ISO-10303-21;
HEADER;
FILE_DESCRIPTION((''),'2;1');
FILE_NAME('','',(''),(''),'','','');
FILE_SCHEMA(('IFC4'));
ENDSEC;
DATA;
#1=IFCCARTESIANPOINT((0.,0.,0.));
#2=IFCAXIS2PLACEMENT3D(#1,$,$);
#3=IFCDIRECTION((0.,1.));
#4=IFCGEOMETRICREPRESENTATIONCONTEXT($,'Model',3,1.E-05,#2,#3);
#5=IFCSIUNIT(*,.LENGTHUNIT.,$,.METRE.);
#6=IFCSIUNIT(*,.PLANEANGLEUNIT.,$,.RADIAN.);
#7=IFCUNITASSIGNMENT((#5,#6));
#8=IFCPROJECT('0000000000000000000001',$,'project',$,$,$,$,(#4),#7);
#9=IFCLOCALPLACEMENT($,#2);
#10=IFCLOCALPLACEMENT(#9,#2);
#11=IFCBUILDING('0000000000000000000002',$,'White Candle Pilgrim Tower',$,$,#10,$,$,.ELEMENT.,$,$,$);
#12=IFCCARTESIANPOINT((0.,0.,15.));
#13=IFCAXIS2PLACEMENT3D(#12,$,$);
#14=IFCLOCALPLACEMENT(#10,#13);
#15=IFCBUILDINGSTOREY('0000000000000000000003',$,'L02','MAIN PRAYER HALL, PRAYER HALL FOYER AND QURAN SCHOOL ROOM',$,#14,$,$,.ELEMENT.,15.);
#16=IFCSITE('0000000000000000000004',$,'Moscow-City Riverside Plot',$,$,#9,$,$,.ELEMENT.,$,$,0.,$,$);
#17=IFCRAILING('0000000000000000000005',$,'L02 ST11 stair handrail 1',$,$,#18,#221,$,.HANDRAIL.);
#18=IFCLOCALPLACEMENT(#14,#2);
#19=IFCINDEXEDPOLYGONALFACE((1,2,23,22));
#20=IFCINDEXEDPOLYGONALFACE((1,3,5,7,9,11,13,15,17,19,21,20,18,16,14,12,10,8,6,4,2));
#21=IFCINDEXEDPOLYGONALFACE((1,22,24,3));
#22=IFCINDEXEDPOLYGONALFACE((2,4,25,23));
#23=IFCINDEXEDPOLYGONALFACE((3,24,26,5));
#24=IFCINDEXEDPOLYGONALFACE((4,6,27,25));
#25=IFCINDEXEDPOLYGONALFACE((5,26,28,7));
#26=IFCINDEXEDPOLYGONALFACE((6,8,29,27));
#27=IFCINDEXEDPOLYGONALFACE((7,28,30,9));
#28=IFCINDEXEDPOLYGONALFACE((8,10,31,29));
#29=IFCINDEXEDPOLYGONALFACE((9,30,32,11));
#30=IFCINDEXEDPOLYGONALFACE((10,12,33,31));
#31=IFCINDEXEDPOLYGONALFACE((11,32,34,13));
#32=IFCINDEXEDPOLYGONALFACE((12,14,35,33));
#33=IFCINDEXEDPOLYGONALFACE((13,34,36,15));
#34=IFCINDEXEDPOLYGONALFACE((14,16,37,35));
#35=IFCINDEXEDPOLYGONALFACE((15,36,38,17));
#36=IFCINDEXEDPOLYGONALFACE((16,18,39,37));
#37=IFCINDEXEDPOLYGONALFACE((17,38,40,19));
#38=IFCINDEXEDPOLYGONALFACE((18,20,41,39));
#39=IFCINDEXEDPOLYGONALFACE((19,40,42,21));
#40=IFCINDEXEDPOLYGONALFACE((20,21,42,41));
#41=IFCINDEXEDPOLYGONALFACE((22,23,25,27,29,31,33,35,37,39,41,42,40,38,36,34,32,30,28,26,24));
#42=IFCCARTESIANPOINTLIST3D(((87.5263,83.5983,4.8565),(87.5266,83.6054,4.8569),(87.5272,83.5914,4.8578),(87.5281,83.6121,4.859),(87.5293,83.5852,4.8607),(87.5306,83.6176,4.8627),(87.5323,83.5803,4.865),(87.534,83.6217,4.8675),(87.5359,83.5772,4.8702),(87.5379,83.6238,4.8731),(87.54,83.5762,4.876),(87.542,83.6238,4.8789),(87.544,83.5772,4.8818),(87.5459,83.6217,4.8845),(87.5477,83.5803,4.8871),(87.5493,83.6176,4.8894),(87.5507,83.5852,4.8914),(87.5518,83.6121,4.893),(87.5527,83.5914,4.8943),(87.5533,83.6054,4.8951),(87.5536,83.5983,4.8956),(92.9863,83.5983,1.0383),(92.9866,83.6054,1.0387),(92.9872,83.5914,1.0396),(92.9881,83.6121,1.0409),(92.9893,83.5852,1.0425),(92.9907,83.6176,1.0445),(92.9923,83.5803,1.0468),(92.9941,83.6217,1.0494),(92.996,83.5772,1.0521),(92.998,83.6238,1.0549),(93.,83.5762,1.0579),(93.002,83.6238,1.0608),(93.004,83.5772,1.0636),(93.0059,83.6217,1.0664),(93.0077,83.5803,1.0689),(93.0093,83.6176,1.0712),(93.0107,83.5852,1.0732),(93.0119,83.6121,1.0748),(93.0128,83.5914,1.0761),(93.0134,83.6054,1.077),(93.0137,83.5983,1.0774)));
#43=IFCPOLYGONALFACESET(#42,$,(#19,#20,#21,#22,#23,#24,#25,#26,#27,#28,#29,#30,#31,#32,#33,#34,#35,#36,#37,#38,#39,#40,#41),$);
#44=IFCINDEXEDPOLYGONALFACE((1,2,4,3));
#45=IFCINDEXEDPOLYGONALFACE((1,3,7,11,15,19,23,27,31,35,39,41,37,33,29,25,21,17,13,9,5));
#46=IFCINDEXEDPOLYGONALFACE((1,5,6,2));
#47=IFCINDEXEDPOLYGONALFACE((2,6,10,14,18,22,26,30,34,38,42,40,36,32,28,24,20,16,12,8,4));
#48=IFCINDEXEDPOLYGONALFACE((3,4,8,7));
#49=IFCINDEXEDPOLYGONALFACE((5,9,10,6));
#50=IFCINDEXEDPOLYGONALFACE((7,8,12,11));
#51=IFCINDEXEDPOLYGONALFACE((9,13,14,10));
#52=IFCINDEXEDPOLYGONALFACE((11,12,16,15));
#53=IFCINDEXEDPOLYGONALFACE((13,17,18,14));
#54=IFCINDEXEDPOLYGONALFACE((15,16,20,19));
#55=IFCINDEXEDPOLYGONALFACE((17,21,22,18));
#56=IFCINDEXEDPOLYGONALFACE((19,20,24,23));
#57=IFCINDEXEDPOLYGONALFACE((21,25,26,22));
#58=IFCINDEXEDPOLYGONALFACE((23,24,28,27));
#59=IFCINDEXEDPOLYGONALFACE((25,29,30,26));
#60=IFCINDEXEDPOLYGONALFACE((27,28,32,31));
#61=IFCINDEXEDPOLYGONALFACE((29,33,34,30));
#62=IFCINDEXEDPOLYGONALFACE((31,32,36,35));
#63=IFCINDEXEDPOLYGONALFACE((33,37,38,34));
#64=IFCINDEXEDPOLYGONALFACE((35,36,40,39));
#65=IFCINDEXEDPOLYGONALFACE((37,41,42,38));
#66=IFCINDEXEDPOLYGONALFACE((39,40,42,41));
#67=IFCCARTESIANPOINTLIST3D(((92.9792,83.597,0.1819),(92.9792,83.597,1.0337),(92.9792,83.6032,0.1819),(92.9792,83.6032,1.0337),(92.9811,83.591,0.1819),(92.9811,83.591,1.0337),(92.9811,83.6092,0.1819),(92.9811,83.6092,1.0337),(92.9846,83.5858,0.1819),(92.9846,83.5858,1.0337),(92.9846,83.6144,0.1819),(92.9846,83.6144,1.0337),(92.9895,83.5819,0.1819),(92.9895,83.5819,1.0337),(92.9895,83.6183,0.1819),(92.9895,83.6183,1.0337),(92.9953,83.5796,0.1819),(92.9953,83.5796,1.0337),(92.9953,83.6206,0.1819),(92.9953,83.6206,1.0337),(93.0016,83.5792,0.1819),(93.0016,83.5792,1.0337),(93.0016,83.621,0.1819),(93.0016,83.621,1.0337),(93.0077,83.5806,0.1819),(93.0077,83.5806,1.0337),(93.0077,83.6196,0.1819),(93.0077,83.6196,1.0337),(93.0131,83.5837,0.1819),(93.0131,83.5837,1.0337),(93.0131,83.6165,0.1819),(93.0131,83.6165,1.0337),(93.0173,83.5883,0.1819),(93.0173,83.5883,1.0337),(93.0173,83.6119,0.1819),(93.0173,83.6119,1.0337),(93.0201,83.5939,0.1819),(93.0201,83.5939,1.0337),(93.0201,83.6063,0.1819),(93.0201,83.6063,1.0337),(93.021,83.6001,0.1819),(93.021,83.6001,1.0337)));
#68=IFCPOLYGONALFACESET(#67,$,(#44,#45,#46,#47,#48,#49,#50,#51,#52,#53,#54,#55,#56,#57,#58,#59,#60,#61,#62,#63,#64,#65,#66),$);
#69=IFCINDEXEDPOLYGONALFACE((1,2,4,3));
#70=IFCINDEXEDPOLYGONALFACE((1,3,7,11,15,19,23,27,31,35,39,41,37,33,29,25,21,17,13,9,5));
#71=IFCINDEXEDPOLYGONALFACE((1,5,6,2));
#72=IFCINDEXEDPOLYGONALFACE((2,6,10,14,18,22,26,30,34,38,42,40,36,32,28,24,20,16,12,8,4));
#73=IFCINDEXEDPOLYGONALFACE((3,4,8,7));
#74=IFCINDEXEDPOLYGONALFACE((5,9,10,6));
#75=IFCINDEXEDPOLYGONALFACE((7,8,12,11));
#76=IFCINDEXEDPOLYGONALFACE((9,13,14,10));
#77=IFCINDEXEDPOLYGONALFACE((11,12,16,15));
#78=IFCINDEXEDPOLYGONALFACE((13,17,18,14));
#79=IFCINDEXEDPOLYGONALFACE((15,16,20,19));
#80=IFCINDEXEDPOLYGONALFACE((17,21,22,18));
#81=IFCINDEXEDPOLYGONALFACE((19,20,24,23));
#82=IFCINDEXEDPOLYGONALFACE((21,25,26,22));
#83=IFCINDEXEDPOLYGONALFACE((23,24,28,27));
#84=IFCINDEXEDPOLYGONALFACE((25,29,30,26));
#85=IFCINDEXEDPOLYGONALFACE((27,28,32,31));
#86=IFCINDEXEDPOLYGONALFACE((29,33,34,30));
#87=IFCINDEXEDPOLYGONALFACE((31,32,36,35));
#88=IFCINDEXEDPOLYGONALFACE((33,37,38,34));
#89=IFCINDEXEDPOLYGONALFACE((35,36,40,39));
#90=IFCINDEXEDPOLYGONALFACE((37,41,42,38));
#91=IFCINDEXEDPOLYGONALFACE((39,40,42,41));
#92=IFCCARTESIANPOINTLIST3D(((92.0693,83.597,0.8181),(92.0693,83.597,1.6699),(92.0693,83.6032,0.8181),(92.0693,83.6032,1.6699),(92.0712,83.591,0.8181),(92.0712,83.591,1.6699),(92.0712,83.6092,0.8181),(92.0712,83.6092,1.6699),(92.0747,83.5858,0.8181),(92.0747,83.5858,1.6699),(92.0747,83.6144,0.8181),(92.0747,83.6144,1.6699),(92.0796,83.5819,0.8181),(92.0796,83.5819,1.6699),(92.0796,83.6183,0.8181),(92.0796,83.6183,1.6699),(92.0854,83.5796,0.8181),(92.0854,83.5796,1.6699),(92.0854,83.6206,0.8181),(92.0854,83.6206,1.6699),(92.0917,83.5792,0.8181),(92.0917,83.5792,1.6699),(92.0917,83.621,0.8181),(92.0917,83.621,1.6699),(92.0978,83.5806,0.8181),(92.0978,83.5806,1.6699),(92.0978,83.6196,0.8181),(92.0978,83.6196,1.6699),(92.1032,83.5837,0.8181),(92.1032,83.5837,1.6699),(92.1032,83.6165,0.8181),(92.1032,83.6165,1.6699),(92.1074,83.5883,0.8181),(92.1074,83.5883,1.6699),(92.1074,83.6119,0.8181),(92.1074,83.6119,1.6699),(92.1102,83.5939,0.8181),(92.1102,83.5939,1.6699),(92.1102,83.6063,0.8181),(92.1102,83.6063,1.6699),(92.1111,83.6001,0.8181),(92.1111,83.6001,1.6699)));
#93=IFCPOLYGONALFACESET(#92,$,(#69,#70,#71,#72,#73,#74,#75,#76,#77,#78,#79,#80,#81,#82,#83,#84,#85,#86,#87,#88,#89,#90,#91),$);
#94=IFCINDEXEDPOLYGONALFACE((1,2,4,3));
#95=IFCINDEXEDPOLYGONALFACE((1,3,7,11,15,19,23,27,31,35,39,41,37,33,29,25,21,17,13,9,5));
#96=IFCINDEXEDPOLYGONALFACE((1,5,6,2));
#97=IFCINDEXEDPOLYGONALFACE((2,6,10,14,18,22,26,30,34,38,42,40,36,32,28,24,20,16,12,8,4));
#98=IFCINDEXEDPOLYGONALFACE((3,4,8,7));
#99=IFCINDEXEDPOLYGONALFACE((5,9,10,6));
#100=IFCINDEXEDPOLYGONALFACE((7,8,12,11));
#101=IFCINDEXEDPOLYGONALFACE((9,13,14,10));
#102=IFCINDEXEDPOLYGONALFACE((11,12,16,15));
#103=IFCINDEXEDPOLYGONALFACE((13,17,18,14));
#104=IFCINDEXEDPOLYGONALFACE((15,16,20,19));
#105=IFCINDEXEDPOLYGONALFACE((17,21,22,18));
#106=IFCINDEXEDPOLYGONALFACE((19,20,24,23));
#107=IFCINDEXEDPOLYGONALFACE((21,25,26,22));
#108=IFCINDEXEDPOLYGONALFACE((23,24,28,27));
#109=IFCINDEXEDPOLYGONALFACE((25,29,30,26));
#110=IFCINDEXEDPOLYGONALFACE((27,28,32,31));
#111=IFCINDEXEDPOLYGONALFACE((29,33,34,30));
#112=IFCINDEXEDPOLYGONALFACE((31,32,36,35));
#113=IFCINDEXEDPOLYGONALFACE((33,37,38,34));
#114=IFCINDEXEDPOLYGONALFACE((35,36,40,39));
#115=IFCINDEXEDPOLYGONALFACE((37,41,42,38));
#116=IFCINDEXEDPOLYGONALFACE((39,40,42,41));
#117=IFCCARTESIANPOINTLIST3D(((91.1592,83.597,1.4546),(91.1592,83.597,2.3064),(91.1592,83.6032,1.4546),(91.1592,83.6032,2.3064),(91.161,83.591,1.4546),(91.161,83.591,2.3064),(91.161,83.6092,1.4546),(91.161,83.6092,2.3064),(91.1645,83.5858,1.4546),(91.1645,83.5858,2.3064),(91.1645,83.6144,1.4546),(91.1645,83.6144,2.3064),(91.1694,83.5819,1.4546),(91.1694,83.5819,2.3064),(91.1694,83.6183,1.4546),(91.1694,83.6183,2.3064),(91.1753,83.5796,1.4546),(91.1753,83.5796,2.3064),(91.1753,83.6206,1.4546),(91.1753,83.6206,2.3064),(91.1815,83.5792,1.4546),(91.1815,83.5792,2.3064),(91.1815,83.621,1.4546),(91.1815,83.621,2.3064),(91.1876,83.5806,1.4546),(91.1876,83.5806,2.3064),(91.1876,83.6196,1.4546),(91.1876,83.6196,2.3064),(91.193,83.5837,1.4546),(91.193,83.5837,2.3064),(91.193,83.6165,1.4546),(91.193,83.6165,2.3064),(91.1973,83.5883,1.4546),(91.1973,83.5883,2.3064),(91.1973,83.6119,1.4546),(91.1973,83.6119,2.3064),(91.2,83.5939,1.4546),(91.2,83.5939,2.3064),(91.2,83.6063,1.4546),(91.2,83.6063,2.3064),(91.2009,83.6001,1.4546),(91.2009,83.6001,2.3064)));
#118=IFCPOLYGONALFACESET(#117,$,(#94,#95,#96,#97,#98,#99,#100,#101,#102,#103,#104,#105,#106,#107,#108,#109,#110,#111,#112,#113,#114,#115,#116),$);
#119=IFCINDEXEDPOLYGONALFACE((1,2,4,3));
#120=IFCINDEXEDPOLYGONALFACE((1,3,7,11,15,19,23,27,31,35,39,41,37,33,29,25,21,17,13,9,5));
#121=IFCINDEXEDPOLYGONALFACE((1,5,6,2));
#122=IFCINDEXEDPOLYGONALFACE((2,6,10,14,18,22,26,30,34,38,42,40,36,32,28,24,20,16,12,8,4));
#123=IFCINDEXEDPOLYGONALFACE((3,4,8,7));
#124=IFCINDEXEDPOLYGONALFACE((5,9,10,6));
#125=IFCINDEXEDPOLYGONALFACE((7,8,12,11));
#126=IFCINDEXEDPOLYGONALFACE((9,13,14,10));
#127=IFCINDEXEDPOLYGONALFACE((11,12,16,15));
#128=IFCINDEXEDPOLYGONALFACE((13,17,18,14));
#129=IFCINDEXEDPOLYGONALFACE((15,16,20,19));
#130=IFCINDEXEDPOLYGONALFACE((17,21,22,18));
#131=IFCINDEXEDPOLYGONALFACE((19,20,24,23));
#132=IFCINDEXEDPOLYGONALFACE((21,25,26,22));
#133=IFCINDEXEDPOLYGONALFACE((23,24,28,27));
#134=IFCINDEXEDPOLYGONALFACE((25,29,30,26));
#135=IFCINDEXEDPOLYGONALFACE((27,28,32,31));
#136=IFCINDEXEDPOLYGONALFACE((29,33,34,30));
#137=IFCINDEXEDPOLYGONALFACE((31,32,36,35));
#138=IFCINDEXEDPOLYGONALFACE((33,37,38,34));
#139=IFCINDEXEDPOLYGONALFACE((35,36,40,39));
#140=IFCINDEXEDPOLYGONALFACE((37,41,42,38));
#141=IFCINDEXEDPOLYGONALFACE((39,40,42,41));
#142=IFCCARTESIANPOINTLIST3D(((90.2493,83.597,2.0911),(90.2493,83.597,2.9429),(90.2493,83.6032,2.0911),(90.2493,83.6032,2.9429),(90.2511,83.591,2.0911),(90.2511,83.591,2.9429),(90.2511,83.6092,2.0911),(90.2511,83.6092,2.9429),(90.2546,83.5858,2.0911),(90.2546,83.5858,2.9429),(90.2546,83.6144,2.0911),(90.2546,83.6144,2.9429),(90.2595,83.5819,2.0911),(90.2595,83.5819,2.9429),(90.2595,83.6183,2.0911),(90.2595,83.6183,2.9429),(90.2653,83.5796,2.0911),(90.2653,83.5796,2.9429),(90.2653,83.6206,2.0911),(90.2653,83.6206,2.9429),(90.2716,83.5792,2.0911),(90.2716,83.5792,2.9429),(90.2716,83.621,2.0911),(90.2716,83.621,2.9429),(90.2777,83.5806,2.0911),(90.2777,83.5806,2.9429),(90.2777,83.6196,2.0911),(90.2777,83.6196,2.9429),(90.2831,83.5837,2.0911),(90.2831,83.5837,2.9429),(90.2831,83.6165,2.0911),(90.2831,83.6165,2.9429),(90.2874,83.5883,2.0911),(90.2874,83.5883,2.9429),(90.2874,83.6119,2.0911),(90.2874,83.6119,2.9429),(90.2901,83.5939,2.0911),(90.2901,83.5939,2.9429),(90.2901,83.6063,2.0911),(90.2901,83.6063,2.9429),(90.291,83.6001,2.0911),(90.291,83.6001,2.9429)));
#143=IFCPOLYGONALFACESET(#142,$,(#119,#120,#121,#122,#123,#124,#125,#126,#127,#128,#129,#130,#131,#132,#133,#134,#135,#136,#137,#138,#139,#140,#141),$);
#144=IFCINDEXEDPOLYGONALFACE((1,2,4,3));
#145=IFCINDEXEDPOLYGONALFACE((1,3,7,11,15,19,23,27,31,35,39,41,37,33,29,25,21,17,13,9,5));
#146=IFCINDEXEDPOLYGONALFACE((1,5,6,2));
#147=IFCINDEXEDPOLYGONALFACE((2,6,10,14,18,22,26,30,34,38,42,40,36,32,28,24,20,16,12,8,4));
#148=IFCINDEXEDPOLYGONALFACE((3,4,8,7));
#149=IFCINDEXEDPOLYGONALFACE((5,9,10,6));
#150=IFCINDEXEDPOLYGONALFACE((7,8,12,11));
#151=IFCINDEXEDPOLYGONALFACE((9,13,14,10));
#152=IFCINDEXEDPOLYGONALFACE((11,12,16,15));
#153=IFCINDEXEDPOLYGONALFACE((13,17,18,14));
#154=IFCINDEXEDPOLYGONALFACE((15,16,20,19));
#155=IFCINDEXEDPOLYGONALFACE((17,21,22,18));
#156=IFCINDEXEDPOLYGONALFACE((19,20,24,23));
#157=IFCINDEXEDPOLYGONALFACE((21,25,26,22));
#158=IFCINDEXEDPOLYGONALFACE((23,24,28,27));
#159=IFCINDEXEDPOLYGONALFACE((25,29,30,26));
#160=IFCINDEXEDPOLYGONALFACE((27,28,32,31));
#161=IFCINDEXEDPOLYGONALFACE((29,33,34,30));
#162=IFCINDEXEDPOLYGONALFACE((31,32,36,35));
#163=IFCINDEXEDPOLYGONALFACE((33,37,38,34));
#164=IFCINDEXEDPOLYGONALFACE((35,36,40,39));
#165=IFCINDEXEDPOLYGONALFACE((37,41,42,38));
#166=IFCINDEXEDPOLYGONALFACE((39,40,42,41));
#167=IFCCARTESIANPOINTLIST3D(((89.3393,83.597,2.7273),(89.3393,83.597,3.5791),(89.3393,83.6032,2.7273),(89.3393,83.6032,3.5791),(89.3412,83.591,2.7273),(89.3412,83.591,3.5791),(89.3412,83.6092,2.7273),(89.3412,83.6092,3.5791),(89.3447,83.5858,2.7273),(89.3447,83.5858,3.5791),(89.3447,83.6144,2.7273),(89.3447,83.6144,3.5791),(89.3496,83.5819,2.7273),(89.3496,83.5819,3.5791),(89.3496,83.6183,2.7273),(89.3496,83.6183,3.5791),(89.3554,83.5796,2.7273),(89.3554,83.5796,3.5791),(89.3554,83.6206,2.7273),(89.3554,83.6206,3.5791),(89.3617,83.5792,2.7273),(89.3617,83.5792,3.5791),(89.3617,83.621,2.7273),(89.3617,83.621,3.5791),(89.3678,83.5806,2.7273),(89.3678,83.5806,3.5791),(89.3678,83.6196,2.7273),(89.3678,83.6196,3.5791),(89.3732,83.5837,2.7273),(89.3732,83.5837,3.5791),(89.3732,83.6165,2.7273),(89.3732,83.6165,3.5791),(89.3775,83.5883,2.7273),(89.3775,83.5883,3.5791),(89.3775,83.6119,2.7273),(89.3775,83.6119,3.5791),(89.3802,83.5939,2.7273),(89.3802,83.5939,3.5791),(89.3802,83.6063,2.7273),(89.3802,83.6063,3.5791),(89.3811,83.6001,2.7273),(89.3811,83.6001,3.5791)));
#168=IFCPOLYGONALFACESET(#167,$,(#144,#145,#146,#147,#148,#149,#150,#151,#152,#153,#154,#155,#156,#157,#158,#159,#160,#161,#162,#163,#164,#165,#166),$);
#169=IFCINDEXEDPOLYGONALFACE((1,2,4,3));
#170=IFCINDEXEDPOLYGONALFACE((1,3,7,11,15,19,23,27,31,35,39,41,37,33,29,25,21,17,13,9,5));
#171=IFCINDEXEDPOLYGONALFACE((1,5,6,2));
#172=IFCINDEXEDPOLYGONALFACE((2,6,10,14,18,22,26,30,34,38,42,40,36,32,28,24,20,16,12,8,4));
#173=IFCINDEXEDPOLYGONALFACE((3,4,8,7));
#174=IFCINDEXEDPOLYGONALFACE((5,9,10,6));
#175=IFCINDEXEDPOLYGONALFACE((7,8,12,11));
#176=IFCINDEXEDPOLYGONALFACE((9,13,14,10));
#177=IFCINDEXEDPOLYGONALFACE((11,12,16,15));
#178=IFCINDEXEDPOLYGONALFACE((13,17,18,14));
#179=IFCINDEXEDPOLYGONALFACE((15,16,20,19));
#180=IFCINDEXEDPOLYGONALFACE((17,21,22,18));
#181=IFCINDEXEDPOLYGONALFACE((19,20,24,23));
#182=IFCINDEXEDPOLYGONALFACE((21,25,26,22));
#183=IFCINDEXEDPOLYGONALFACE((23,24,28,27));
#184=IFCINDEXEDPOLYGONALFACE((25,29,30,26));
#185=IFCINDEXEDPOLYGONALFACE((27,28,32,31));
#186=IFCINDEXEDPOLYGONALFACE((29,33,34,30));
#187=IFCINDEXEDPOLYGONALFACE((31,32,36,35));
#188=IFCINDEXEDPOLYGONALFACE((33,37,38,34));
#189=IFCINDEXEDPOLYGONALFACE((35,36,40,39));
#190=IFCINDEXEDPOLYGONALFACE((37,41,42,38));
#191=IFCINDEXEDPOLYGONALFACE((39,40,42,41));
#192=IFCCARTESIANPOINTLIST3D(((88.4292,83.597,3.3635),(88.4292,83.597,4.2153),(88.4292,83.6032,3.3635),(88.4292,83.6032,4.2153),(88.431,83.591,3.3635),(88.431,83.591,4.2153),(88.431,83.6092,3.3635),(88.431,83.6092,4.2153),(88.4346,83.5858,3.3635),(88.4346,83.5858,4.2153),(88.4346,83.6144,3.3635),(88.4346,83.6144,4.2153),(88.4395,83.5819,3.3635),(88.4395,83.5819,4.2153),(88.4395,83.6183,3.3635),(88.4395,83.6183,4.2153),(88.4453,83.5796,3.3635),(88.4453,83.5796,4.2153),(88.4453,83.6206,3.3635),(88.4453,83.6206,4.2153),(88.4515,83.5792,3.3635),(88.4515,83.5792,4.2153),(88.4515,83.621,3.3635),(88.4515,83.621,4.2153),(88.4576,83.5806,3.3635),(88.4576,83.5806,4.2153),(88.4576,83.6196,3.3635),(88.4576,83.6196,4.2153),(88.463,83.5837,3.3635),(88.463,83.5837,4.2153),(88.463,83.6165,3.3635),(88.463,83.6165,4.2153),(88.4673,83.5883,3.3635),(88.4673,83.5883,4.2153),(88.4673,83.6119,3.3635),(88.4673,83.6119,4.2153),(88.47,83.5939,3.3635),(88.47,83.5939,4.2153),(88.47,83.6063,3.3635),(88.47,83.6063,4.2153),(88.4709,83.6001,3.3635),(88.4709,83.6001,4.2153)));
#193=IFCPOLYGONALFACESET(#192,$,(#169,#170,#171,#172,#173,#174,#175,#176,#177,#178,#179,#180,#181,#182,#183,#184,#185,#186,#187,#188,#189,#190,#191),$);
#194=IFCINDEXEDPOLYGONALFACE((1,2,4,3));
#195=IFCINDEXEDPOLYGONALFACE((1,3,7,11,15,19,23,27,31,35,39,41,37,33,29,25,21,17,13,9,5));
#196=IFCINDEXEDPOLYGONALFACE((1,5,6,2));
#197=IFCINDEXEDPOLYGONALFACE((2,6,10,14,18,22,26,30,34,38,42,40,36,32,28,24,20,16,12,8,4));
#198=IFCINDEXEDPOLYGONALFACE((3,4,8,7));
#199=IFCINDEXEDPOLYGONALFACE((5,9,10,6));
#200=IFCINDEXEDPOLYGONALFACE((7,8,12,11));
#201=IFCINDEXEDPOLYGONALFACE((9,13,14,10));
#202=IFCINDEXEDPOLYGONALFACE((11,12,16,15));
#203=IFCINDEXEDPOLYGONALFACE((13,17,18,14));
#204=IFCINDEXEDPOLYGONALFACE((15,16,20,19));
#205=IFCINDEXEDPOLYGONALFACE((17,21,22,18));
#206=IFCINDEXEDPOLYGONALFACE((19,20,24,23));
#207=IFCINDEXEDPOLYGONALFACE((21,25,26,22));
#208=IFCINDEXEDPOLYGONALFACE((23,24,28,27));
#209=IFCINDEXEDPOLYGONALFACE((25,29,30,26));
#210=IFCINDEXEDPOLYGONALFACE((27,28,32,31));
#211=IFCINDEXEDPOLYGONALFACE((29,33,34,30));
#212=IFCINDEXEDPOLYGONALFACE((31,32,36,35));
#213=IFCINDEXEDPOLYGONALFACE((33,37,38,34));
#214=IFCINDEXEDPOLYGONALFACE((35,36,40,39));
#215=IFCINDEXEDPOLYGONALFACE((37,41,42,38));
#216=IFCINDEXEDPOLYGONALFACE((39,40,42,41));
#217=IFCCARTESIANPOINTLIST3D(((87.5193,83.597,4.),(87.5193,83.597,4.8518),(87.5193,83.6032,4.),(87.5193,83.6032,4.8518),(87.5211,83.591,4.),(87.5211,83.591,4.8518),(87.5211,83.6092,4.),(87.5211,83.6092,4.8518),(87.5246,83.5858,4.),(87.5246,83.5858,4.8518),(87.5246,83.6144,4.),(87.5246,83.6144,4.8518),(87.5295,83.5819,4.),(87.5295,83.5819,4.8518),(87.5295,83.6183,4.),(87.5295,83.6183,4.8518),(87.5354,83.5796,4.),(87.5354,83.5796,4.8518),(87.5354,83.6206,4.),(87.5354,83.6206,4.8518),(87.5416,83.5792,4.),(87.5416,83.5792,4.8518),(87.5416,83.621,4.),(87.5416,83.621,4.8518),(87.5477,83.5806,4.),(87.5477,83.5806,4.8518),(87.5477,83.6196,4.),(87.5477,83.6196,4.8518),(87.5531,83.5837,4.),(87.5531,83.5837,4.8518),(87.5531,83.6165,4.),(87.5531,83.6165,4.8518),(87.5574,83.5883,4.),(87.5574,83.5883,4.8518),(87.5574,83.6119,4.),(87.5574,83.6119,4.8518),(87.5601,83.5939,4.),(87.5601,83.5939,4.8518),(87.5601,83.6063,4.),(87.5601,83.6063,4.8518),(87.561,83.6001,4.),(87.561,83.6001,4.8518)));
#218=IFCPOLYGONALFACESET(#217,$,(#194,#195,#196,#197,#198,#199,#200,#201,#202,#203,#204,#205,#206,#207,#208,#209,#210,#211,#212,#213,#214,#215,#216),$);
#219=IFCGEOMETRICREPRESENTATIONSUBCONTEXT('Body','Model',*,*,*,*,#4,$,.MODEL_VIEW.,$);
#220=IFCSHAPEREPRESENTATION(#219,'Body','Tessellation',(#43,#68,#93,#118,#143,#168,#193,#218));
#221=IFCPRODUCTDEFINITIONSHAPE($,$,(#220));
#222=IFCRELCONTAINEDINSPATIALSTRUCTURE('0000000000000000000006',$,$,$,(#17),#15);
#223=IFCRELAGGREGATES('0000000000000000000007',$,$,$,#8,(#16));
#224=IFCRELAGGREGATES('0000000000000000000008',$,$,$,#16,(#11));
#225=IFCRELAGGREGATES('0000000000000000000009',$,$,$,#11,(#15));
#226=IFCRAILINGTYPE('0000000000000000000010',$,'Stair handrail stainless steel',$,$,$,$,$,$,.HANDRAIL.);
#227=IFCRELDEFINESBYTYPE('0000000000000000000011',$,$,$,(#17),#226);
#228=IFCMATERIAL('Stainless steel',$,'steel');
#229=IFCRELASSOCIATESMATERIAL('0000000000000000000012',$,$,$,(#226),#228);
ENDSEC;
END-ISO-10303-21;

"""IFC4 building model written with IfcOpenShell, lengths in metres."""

from ifc_helpers import new_model, si_unit, direction, frame, origin, origin_2d, place, context, subcontext, project, spatial, circle, extrude, material, type_object, element, save


model = new_model("IFC4")

# Units and contexts
model_context = context("Model", 3, precision=1e-05, world=origin(), true_north=direction((0.0, 1.0)))
body_context = subcontext(model_context, "Body", "Model", "MODEL_VIEW")
ifc_project = project(units=[si_unit("LENGTHUNIT", "METRE"), si_unit("PLANEANGLEUNIT", "RADIAN")], contexts=[model_context])

# Site, building, storey
site_placement = place(None, origin())
site = spatial("IfcSite", under=ifc_project, at=site_placement, Name="Moscow-City Riverside Plot", CompositionType="ELEMENT", RefElevation=0.0)
building_placement = place(site_placement, origin())
building = spatial("IfcBuilding", under=site, at=building_placement, Name="White Candle Pilgrim Tower", CompositionType="ELEMENT")
storey_placement = place(building_placement, frame((0.0, 0.0, 15.0)))
storey = spatial("IfcBuildingStorey", under=building, at=storey_placement, Name="L02", Description="MAIN PRAYER HALL, PRAYER HALL FOYER AND QURAN SCHOOL ROOM", CompositionType="ELEMENT", Elevation=15.0)

# Railing
ifc_material_1 = material(Name="Stainless steel", Category="steel")
railing_type_1 = type_object("IfcRailingType", Name="Stair handrail stainless steel", PredefinedType="HANDRAIL", material=ifc_material_1)
railing_1_placement = place(storey_placement, frame((93.0, 83.6001, 0.1819)))
element("IfcRailing", 1, at=railing_1_placement, inside=storey, type_object=railing_type_1, Name="L02 ST11 stair handrail 1", PredefinedType="HANDRAIL", context=body_context, shape_type="SweptSolid", body=[
    extrude(circle(Radius=0.0239, at=origin_2d()), frame((0.0, 0.0, 0.876), z_axis=(-0.819504, 0.0, 0.573074), x_axis=(0.0, -1.0, 0.0)), (0.0, 0.0, 1.0), 6.6626),
    extrude(circle(Radius=0.021, at=origin_2d()), origin(), (0.0, 0.0, 1.0), 0.8518),
    extrude(circle(Radius=0.021, at=origin_2d()), frame((-0.9099, 0.0, 0.6362)), (0.0, 0.0, 1.0), 0.8518),
    extrude(circle(Radius=0.021, at=origin_2d()), frame((-1.8201, 0.0, 1.2727)), (0.0, 0.0, 1.0), 0.8518),
    extrude(circle(Radius=0.021, at=origin_2d()), frame((-2.73, 0.0, 1.9092)), (0.0, 0.0, 1.0), 0.8518),
    extrude(circle(Radius=0.021, at=origin_2d()), frame((-3.6399, 0.0, 2.5454)), (0.0, 0.0, 1.0), 0.8518),
    extrude(circle(Radius=0.021, at=origin_2d()), frame((-4.55, 0.0, 3.1816)), (0.0, 0.0, 1.0), 0.8518),
    extrude(circle(Radius=0.021, at=origin_2d()), frame((-5.46, 0.0, 3.8181)), (0.0, 0.0, 1.0), 0.8518),
])

save(model, "model.ifc")
